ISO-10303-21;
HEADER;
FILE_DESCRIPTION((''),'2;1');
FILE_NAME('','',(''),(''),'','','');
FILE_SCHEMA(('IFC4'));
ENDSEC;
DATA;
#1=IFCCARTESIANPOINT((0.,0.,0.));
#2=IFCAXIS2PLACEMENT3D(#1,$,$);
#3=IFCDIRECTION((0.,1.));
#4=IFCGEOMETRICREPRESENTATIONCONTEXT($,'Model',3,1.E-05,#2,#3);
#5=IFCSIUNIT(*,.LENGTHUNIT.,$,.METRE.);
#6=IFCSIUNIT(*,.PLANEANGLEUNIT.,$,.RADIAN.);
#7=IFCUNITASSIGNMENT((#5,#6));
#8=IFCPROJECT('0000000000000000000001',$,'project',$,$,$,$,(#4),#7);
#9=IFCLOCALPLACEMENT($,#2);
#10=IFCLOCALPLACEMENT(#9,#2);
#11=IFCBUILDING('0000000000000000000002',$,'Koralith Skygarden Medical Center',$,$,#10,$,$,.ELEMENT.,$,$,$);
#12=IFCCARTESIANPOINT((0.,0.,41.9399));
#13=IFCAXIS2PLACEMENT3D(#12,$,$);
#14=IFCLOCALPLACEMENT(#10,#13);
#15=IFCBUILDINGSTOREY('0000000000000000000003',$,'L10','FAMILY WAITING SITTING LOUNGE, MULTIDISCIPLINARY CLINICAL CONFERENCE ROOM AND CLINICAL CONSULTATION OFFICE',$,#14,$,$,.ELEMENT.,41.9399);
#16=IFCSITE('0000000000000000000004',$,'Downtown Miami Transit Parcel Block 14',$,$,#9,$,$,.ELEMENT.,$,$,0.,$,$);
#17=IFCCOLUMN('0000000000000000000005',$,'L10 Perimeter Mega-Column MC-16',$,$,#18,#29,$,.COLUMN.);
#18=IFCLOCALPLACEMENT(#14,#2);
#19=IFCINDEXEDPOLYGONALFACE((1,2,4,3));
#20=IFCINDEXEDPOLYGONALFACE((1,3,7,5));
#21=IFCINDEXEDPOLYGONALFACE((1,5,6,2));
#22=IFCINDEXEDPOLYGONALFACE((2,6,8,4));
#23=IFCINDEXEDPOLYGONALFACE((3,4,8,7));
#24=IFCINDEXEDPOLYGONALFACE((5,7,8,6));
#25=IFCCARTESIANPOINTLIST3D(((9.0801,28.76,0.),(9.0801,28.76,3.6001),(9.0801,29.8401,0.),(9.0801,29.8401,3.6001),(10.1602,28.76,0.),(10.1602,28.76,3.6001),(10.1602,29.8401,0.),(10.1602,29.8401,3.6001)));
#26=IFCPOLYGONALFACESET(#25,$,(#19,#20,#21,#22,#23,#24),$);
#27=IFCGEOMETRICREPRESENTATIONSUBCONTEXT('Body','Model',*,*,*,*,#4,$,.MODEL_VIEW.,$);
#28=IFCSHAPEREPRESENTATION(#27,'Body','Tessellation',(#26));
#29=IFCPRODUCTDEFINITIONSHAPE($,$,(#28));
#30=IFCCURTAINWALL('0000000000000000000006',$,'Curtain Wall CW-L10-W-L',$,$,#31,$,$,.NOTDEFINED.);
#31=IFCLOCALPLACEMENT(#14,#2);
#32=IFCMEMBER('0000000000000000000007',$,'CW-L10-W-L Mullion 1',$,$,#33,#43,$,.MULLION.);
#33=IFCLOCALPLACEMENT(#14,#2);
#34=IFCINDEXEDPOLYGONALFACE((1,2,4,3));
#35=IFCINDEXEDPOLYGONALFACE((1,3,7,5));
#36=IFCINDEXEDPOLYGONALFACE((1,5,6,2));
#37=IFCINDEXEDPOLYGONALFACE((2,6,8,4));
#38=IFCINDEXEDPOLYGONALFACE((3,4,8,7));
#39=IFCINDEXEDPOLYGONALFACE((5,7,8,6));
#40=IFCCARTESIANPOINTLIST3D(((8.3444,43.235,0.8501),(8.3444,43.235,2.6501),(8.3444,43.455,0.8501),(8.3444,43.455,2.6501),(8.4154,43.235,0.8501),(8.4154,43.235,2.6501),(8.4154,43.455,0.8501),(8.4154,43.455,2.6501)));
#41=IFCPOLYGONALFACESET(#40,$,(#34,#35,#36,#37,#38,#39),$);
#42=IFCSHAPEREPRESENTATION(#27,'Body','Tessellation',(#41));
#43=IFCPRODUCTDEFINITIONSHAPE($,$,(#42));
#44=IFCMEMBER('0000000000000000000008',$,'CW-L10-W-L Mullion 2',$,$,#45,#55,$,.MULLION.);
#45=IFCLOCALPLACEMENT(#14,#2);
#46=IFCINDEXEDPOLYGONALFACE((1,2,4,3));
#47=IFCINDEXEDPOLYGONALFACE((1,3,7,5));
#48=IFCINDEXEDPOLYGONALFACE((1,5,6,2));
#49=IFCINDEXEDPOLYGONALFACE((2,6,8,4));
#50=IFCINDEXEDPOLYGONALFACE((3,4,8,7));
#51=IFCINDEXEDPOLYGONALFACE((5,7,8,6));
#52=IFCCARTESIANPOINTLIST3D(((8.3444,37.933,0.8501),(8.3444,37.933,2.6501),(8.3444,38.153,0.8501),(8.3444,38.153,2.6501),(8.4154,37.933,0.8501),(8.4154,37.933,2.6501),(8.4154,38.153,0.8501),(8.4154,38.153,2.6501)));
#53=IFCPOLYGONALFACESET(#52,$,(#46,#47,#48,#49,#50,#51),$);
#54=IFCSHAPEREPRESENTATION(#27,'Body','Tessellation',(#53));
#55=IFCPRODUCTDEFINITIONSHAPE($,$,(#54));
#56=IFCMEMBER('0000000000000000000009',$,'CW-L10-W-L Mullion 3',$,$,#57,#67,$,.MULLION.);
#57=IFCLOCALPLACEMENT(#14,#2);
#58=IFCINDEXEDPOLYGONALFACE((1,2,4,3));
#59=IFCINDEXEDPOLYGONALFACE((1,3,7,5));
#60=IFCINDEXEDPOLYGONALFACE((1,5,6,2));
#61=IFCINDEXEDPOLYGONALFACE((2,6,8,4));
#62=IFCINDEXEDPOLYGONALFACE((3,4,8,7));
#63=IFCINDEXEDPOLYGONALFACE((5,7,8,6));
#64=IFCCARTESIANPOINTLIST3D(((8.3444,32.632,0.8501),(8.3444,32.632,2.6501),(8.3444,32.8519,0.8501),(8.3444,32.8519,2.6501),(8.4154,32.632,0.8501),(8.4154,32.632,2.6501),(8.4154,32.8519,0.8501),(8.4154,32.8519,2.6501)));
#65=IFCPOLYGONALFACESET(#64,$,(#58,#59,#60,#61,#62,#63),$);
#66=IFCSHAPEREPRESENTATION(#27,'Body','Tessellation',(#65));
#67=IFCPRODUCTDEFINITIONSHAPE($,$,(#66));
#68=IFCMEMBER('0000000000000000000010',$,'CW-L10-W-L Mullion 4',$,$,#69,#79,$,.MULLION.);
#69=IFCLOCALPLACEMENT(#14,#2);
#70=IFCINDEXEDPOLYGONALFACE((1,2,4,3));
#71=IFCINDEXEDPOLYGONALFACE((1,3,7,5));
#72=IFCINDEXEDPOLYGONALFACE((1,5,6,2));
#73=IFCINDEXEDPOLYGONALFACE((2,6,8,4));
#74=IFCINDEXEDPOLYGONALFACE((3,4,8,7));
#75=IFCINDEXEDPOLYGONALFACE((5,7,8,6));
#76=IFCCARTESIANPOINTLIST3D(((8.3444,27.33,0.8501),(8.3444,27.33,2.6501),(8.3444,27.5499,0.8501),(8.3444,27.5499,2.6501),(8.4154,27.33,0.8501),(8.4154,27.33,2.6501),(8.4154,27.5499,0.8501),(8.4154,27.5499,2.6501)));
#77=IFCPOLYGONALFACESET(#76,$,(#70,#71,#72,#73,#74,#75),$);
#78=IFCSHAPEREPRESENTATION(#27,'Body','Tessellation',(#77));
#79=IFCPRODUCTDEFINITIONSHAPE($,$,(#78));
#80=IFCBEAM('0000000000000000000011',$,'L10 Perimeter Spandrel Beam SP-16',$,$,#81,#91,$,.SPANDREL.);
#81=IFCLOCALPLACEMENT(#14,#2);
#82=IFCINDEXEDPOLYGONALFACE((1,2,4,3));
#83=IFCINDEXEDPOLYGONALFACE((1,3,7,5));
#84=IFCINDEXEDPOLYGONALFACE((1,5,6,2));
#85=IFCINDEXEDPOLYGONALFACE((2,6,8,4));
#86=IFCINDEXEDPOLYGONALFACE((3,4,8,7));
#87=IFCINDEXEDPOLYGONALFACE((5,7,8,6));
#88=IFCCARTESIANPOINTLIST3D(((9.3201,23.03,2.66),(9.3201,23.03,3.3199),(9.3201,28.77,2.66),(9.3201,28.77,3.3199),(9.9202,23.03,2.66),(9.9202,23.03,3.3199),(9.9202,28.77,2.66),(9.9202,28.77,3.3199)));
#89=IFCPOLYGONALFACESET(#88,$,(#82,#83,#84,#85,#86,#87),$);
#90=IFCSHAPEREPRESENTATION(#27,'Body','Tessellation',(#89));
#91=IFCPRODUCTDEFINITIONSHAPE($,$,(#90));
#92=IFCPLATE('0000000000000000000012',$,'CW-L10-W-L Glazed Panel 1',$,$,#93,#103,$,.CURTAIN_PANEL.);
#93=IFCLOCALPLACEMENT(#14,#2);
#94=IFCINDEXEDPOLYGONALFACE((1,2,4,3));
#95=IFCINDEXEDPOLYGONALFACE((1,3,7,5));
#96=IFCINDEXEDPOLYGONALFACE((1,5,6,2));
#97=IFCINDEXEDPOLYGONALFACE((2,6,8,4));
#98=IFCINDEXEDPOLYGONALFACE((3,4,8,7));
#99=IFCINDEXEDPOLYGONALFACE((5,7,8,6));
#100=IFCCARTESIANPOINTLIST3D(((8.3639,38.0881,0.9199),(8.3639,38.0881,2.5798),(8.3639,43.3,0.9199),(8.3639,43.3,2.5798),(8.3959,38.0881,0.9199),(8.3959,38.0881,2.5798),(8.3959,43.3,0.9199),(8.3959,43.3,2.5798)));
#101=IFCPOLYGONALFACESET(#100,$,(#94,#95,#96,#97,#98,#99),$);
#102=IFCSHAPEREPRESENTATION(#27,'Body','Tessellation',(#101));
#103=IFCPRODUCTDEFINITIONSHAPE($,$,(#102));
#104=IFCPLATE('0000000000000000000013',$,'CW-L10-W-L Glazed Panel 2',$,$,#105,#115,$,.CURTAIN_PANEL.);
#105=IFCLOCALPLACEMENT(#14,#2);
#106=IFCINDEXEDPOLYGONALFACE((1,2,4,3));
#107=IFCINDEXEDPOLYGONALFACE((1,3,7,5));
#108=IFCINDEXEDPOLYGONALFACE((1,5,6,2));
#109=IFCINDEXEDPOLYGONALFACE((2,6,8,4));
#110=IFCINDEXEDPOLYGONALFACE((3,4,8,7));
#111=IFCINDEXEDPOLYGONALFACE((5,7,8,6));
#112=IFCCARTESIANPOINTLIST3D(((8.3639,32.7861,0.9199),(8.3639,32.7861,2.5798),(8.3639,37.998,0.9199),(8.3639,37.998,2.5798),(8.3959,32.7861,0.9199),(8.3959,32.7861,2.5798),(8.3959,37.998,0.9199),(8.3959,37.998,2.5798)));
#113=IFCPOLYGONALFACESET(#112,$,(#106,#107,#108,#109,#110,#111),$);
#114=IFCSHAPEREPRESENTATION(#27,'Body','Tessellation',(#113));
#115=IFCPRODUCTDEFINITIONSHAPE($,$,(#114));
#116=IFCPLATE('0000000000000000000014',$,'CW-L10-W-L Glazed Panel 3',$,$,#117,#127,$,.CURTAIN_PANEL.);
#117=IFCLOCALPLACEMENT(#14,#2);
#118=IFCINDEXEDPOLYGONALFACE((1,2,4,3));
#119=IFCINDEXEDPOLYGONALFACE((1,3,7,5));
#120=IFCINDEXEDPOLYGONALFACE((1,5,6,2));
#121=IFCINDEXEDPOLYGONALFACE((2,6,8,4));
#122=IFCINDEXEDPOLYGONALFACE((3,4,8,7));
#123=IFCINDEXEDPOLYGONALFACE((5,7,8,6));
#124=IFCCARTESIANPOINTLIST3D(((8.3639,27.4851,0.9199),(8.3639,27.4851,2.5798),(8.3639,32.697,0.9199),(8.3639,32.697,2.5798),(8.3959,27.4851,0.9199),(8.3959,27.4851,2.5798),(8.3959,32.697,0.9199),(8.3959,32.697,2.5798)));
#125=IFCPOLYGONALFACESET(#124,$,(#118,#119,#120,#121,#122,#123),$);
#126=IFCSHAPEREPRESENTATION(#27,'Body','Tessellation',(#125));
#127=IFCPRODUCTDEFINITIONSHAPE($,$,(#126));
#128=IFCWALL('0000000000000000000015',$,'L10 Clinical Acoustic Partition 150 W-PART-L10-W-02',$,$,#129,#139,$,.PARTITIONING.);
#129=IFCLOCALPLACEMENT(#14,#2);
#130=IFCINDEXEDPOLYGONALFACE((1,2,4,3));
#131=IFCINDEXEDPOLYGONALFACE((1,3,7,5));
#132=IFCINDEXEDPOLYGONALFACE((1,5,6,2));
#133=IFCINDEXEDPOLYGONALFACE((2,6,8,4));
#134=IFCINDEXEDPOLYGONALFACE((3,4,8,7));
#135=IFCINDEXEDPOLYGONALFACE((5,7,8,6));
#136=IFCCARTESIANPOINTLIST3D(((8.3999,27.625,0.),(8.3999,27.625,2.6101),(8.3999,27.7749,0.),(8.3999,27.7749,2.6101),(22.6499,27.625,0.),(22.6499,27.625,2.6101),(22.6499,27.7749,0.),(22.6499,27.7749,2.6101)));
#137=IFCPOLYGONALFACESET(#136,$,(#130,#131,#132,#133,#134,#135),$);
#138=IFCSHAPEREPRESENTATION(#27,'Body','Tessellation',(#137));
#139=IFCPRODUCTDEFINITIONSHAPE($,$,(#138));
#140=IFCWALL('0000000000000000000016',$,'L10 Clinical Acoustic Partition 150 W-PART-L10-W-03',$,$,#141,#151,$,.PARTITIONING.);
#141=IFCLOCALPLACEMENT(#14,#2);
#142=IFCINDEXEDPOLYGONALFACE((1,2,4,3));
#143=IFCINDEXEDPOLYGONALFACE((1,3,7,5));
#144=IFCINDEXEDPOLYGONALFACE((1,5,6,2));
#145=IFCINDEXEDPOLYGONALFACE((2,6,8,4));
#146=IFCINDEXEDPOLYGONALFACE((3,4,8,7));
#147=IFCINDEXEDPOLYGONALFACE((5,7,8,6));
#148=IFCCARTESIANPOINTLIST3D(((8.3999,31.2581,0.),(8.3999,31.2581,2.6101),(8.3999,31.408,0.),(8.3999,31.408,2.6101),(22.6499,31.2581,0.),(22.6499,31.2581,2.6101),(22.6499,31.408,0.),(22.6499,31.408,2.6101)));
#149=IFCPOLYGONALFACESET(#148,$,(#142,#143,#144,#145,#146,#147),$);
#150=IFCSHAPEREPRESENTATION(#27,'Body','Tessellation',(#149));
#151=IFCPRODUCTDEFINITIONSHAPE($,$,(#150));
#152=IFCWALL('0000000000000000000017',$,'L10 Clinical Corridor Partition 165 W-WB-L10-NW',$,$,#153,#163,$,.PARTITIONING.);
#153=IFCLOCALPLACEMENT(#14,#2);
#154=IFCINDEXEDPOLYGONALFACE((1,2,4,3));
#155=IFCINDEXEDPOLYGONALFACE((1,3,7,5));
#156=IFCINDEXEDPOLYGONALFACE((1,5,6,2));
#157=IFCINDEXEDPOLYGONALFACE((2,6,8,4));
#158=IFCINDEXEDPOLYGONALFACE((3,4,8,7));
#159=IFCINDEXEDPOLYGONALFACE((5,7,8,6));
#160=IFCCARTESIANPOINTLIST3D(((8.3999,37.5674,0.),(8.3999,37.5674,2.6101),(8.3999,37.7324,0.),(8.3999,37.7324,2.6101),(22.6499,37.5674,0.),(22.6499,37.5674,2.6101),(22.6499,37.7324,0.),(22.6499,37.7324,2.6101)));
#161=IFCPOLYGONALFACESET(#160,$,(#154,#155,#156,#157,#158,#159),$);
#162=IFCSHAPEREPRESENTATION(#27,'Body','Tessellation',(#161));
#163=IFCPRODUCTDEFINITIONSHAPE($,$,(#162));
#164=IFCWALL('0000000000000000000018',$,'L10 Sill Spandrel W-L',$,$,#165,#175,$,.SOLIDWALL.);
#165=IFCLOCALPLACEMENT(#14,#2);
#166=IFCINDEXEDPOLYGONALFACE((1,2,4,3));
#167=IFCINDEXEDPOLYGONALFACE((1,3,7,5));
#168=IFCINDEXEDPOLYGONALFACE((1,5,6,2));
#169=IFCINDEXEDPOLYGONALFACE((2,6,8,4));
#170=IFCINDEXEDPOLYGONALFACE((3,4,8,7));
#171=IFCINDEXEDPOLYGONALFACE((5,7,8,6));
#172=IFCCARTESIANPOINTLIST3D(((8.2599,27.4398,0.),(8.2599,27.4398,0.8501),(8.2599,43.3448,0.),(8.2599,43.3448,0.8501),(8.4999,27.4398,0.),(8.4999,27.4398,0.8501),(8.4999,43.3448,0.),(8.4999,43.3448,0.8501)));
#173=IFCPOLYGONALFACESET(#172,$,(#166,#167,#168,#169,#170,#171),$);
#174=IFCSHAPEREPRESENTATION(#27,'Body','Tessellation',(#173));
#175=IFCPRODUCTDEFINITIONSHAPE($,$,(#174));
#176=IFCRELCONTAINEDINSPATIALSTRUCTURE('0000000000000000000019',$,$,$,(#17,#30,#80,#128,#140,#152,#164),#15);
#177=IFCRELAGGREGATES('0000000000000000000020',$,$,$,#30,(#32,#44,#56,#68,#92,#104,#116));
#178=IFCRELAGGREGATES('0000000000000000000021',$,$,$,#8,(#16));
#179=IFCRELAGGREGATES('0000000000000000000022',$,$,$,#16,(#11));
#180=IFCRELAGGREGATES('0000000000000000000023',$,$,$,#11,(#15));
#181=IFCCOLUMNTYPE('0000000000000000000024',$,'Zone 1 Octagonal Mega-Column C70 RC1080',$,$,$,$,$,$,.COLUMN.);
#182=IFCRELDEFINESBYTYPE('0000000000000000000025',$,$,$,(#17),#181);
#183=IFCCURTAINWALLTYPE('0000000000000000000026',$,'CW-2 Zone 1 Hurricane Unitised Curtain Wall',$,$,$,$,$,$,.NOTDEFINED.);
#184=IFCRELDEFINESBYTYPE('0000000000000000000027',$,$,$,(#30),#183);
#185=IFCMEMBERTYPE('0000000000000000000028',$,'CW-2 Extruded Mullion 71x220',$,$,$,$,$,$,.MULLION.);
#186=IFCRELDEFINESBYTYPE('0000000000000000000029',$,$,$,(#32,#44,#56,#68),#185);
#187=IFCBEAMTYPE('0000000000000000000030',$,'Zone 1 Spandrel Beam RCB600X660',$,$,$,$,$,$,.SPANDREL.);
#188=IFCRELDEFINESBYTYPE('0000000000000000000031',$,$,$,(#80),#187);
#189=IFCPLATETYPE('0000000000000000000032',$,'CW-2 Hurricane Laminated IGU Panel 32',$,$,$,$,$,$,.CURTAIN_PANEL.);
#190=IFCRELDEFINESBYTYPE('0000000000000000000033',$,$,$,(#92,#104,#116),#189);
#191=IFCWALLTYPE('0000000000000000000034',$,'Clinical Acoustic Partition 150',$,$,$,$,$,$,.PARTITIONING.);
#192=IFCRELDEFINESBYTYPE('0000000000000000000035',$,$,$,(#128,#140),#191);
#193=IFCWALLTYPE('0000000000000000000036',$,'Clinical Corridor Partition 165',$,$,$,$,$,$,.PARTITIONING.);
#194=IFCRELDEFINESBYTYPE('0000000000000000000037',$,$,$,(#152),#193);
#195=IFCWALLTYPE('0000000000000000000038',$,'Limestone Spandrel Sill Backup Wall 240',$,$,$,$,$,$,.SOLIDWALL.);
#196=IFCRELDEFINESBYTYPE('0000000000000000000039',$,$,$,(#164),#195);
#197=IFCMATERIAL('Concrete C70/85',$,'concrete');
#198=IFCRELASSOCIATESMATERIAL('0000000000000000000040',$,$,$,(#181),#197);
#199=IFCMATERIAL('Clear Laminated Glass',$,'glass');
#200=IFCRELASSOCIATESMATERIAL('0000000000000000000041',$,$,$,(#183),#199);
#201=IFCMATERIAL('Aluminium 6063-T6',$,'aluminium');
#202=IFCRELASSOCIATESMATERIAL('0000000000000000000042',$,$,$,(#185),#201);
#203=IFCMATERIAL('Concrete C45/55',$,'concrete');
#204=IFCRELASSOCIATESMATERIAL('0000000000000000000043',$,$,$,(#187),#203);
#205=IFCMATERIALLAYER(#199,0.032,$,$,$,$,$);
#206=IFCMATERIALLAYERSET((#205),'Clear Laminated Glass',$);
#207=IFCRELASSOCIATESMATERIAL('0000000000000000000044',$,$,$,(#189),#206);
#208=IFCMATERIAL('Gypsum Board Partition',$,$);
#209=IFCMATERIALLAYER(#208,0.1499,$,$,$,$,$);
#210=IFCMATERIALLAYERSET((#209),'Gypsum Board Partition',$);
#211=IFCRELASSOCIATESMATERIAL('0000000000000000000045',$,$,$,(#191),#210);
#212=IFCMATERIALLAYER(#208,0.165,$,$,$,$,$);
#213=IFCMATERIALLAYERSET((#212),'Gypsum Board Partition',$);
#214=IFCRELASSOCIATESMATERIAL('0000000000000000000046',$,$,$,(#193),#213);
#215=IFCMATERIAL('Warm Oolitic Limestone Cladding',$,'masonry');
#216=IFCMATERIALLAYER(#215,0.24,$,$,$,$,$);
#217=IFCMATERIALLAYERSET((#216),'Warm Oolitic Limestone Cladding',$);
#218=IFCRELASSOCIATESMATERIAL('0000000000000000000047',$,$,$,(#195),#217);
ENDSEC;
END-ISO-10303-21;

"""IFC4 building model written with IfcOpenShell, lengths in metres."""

from ifc_helpers import new_model, si_unit, direction, frame, frame_2d, origin, origin_2d, place, context, subcontext, project, spatial, rectangle, extrude, material, layer, layer_set, material_profile, profile_set, type_object, element, aggregate, save


model = new_model("IFC4")

# Units and contexts
model_context = context("Model", 3, precision=1e-05, world=origin(), true_north=direction((0.0, 1.0)))
body_context = subcontext(model_context, "Body", "Model", "MODEL_VIEW")
ifc_project = project(units=[si_unit("LENGTHUNIT", "METRE"), si_unit("PLANEANGLEUNIT", "RADIAN")], contexts=[model_context])

# Site, building, storey
site_placement = place(None, origin())
site = spatial("IfcSite", under=ifc_project, at=site_placement, Name="Downtown Miami Transit Parcel Block 14", CompositionType="ELEMENT", RefElevation=0.0)
building_placement = place(site_placement, origin())
building = spatial("IfcBuilding", under=site, at=building_placement, Name="Koralith Skygarden Medical Center", CompositionType="ELEMENT")
storey_placement = place(building_placement, frame((0.0, 0.0, 41.9399)))
storey = spatial("IfcBuildingStorey", under=building, at=storey_placement, Name="L10", Description="FAMILY WAITING SITTING LOUNGE, MULTIDISCIPLINARY CLINICAL CONFERENCE ROOM AND CLINICAL CONSULTATION OFFICE", CompositionType="ELEMENT", Elevation=41.9399)

# Column
ifc_material_1 = material(Name="Concrete C70/85", Category="concrete")
ifc_material_profile_1 = material_profile(ifc_material_1, rectangle(XDim=1.0801, YDim=1.0801, at=origin_2d()), Name="RC1080X1080")
ifc_profile_set_1 = profile_set([ifc_material_profile_1], Name="Concrete C70/85")
column_type = type_object("IfcColumnType", Name="Zone 1 Octagonal Mega-Column C70 RC1080", PredefinedType="COLUMN", material=ifc_profile_set_1)
column_placement = place(storey_placement, frame((9.6201, 29.3, 0.0), z_axis=(0.0, 0.0, 1.0), x_axis=(1.0, 0.0, 0.0)))
element("IfcColumn", 1, at=column_placement, inside=storey, type_object=column_type, Name="L10 Perimeter Mega-Column MC-16", PredefinedType="COLUMN", context=body_context, shape_type="SweptSolid", body=[
    extrude(rectangle(XDim=1.0801, YDim=1.0801, at=origin_2d()), origin(), (0.0, 0.0, 1.0), 3.6001),
])

# Curtain wall, members
ifc_material_2 = material(Name="Clear Laminated Glass", Category="glass")
curtain_wall_type = type_object("IfcCurtainWallType", Name="CW-2 Zone 1 Hurricane Unitised Curtain Wall", PredefinedType="NOTDEFINED", material=ifc_material_2)
curtain_wall_placement = place(storey_placement, origin())
curtain_wall = element("IfcCurtainWall", 2, at=curtain_wall_placement, inside=storey, type_object=curtain_wall_type, Name="Curtain Wall CW-L10-W-L", PredefinedType="NOTDEFINED")
ifc_material_3 = material(Name="Aluminium 6063-T6", Category="aluminium")
ifc_material_profile_2 = material_profile(ifc_material_3, rectangle(XDim=0.071, YDim=0.22, at=origin_2d()), Name="MUL71X220")
ifc_profile_set_2 = profile_set([ifc_material_profile_2], Name="Aluminium 6063-T6")
member_type = type_object("IfcMemberType", Name="CW-2 Extruded Mullion 71x220", PredefinedType="MULLION", material=ifc_profile_set_2)
member_1_placement = place(storey_placement, frame((8.3799, 43.345, 0.8501), z_axis=(0.0, 0.0, 1.0), x_axis=(1.0, 0.0, 0.0)))
member_1 = element("IfcMember", 3, at=member_1_placement, type_object=member_type, Name="CW-L10-W-L Mullion 1", PredefinedType="MULLION", context=body_context, shape_type="SweptSolid", body=[
    extrude(rectangle(XDim=0.071, YDim=0.22, at=origin_2d()), origin(), (0.0, 0.0, 1.0), 1.8),
])
member_2_placement = place(storey_placement, frame((8.3799, 38.043, 0.8501), z_axis=(0.0, 0.0, 1.0), x_axis=(1.0, 0.0, 0.0)))
member_2 = element("IfcMember", 4, at=member_2_placement, type_object=member_type, Name="CW-L10-W-L Mullion 2", PredefinedType="MULLION", context=body_context, shape_type="SweptSolid", body=[
    extrude(rectangle(XDim=0.071, YDim=0.22, at=origin_2d()), origin(), (0.0, 0.0, 1.0), 1.8),
])
member_3_placement = place(storey_placement, frame((8.3799, 32.7419, 0.8501), z_axis=(0.0, 0.0, 1.0), x_axis=(1.0, 0.0, 0.0)))
member_3 = element("IfcMember", 5, at=member_3_placement, type_object=member_type, Name="CW-L10-W-L Mullion 3", PredefinedType="MULLION", context=body_context, shape_type="SweptSolid", body=[
    extrude(rectangle(XDim=0.071, YDim=0.22, at=origin_2d()), origin(), (0.0, 0.0, 1.0), 1.8),
])
member_4_placement = place(storey_placement, frame((8.3799, 27.4399, 0.8501), z_axis=(0.0, 0.0, 1.0), x_axis=(1.0, 0.0, 0.0)))
member_4 = element("IfcMember", 6, at=member_4_placement, type_object=member_type, Name="CW-L10-W-L Mullion 4", PredefinedType="MULLION", context=body_context, shape_type="SweptSolid", body=[
    extrude(rectangle(XDim=0.071, YDim=0.22, at=origin_2d()), origin(), (0.0, 0.0, 1.0), 1.8),
])

# Beam
ifc_material_4 = material(Name="Concrete C45/55", Category="concrete")
ifc_material_profile_3 = material_profile(ifc_material_4, rectangle(XDim=0.6001, YDim=0.6599, at=origin_2d()), Name="RCB600X660")
ifc_profile_set_3 = profile_set([ifc_material_profile_3], Name="Concrete C45/55")
beam_type = type_object("IfcBeamType", Name="Zone 1 Spandrel Beam RCB600X660", PredefinedType="SPANDREL", material=ifc_profile_set_3)
beam_placement = place(storey_placement, frame((9.6201, 28.77, 2.99), z_axis=(0.0, -1.0, 0.0), x_axis=(1.0, 0.0, 0.0)))
element("IfcBeam", 7, at=beam_placement, inside=storey, type_object=beam_type, Name="L10 Perimeter Spandrel Beam SP-16", PredefinedType="SPANDREL", context=body_context, shape_type="SweptSolid", body=[
    extrude(rectangle(XDim=0.6001, YDim=0.6599, at=origin_2d()), origin(), (0.0, 0.0, 1.0), 5.74),
])

# Plates
ifc_layer_1 = layer(ifc_material_2, 0.032)
ifc_layer_set_1 = layer_set([ifc_layer_1], Name="Clear Laminated Glass")
plate_type = type_object("IfcPlateType", Name="CW-2 Hurricane Laminated IGU Panel 32", PredefinedType="CURTAIN_PANEL", material=ifc_layer_set_1)
plate_1_placement = place(storey_placement, frame((8.3799, 40.6941, 0.9199), z_axis=(0.0, 0.0, 1.0), x_axis=(0.0, -1.0, 0.0)))
plate_1 = element("IfcPlate", 8, at=plate_1_placement, type_object=plate_type, Name="CW-L10-W-L Glazed Panel 1", PredefinedType="CURTAIN_PANEL", context=body_context, shape_type="SweptSolid", body=[
    extrude(rectangle(XDim=5.2119, YDim=0.032, at=origin_2d()), origin(), (0.0, 0.0, 1.0), 1.6599),
])
plate_2_placement = place(storey_placement, frame((8.3799, 35.3921, 0.9199), z_axis=(0.0, 0.0, 1.0), x_axis=(0.0, -1.0, 0.0)))
plate_2 = element("IfcPlate", 9, at=plate_2_placement, type_object=plate_type, Name="CW-L10-W-L Glazed Panel 2", PredefinedType="CURTAIN_PANEL", context=body_context, shape_type="SweptSolid", body=[
    extrude(rectangle(XDim=5.2119, YDim=0.032, at=origin_2d()), origin(), (0.0, 0.0, 1.0), 1.6599),
])
plate_3_placement = place(storey_placement, frame((8.3799, 30.0911, 0.9199), z_axis=(0.0, 0.0, 1.0), x_axis=(0.0, -1.0, 0.0)))
plate_3 = element("IfcPlate", 10, at=plate_3_placement, type_object=plate_type, Name="CW-L10-W-L Glazed Panel 3", PredefinedType="CURTAIN_PANEL", context=body_context, shape_type="SweptSolid", body=[
    extrude(rectangle(XDim=5.2119, YDim=0.032, at=origin_2d()), origin(), (0.0, 0.0, 1.0), 1.6599),
])
aggregate(curtain_wall, [member_1, member_2, member_3, member_4, plate_1, plate_2, plate_3])

# Walls
ifc_material_5 = material(Name="Gypsum Board Partition")
ifc_layer_2 = layer(ifc_material_5, 0.1499)
ifc_layer_set_2 = layer_set([ifc_layer_2], Name="Gypsum Board Partition")
wall_type_1 = type_object("IfcWallType", Name="Clinical Acoustic Partition 150", PredefinedType="PARTITIONING", material=ifc_layer_set_2)
for number, where, z_axis, x_axis, name in (
    (11, (22.6499, 27.7, 0.0), (0.0, 0.0, 1.0), (-1.0, 0.0, 0.0), "L10 Clinical Acoustic Partition 150 W-PART-L10-W-02"),
    (12, (22.6499, 31.333, 0.0), (0.0, 0.0, 1.0), (-1.0, 0.0, 0.0), "L10 Clinical Acoustic Partition 150 W-PART-L10-W-03"),
):
    element("IfcWall", number, at=place(storey_placement, frame(where, z_axis=z_axis, x_axis=x_axis)), inside=storey, type_object=wall_type_1, Name=name, PredefinedType="PARTITIONING", context=body_context, shape_type="SweptSolid", body=[
        extrude(rectangle(XDim=14.25, YDim=0.1499, at=frame_2d((7.125, 0.0))), origin(), (0.0, 0.0, 1.0), 2.6101),
    ])
ifc_layer_3 = layer(ifc_material_5, 0.165)
ifc_layer_set_3 = layer_set([ifc_layer_3], Name="Gypsum Board Partition")
wall_type_2 = type_object("IfcWallType", Name="Clinical Corridor Partition 165", PredefinedType="PARTITIONING", material=ifc_layer_set_3)
wall_1_placement = place(storey_placement, frame((8.3999, 37.6499, 0.0), z_axis=(0.0, 0.0, 1.0), x_axis=(1.0, 0.0, 0.0)))
element("IfcWall", 13, at=wall_1_placement, inside=storey, type_object=wall_type_2, Name="L10 Clinical Corridor Partition 165 W-WB-L10-NW", PredefinedType="PARTITIONING", context=body_context, shape_type="SweptSolid", body=[
    extrude(rectangle(XDim=14.25, YDim=0.165, at=frame_2d((7.125, 0.0))), origin(), (0.0, 0.0, 1.0), 2.6101),
])

# Wall
ifc_material_6 = material(Name="Warm Oolitic Limestone Cladding", Category="masonry")
ifc_layer_4 = layer(ifc_material_6, 0.24)
ifc_layer_set_4 = layer_set([ifc_layer_4], Name="Warm Oolitic Limestone Cladding")
wall_type_3 = type_object("IfcWallType", Name="Limestone Spandrel Sill Backup Wall 240", PredefinedType="SOLIDWALL", material=ifc_layer_set_4)
wall_2_placement = place(storey_placement, frame((8.3799, 43.345, 0.0), z_axis=(0.0, 0.0, 1.0), x_axis=(0.0, -1.0, 0.0)))
element("IfcWall", 14, at=wall_2_placement, inside=storey, type_object=wall_type_3, Name="L10 Sill Spandrel W-L", PredefinedType="SOLIDWALL", context=body_context, shape_type="SweptSolid", body=[
    extrude(rectangle(XDim=15.905, YDim=0.24, at=frame_2d((7.9526, 0.0))), origin(), (0.0, 0.0, 1.0), 0.8501),
])

save(model, "model.ifc")
